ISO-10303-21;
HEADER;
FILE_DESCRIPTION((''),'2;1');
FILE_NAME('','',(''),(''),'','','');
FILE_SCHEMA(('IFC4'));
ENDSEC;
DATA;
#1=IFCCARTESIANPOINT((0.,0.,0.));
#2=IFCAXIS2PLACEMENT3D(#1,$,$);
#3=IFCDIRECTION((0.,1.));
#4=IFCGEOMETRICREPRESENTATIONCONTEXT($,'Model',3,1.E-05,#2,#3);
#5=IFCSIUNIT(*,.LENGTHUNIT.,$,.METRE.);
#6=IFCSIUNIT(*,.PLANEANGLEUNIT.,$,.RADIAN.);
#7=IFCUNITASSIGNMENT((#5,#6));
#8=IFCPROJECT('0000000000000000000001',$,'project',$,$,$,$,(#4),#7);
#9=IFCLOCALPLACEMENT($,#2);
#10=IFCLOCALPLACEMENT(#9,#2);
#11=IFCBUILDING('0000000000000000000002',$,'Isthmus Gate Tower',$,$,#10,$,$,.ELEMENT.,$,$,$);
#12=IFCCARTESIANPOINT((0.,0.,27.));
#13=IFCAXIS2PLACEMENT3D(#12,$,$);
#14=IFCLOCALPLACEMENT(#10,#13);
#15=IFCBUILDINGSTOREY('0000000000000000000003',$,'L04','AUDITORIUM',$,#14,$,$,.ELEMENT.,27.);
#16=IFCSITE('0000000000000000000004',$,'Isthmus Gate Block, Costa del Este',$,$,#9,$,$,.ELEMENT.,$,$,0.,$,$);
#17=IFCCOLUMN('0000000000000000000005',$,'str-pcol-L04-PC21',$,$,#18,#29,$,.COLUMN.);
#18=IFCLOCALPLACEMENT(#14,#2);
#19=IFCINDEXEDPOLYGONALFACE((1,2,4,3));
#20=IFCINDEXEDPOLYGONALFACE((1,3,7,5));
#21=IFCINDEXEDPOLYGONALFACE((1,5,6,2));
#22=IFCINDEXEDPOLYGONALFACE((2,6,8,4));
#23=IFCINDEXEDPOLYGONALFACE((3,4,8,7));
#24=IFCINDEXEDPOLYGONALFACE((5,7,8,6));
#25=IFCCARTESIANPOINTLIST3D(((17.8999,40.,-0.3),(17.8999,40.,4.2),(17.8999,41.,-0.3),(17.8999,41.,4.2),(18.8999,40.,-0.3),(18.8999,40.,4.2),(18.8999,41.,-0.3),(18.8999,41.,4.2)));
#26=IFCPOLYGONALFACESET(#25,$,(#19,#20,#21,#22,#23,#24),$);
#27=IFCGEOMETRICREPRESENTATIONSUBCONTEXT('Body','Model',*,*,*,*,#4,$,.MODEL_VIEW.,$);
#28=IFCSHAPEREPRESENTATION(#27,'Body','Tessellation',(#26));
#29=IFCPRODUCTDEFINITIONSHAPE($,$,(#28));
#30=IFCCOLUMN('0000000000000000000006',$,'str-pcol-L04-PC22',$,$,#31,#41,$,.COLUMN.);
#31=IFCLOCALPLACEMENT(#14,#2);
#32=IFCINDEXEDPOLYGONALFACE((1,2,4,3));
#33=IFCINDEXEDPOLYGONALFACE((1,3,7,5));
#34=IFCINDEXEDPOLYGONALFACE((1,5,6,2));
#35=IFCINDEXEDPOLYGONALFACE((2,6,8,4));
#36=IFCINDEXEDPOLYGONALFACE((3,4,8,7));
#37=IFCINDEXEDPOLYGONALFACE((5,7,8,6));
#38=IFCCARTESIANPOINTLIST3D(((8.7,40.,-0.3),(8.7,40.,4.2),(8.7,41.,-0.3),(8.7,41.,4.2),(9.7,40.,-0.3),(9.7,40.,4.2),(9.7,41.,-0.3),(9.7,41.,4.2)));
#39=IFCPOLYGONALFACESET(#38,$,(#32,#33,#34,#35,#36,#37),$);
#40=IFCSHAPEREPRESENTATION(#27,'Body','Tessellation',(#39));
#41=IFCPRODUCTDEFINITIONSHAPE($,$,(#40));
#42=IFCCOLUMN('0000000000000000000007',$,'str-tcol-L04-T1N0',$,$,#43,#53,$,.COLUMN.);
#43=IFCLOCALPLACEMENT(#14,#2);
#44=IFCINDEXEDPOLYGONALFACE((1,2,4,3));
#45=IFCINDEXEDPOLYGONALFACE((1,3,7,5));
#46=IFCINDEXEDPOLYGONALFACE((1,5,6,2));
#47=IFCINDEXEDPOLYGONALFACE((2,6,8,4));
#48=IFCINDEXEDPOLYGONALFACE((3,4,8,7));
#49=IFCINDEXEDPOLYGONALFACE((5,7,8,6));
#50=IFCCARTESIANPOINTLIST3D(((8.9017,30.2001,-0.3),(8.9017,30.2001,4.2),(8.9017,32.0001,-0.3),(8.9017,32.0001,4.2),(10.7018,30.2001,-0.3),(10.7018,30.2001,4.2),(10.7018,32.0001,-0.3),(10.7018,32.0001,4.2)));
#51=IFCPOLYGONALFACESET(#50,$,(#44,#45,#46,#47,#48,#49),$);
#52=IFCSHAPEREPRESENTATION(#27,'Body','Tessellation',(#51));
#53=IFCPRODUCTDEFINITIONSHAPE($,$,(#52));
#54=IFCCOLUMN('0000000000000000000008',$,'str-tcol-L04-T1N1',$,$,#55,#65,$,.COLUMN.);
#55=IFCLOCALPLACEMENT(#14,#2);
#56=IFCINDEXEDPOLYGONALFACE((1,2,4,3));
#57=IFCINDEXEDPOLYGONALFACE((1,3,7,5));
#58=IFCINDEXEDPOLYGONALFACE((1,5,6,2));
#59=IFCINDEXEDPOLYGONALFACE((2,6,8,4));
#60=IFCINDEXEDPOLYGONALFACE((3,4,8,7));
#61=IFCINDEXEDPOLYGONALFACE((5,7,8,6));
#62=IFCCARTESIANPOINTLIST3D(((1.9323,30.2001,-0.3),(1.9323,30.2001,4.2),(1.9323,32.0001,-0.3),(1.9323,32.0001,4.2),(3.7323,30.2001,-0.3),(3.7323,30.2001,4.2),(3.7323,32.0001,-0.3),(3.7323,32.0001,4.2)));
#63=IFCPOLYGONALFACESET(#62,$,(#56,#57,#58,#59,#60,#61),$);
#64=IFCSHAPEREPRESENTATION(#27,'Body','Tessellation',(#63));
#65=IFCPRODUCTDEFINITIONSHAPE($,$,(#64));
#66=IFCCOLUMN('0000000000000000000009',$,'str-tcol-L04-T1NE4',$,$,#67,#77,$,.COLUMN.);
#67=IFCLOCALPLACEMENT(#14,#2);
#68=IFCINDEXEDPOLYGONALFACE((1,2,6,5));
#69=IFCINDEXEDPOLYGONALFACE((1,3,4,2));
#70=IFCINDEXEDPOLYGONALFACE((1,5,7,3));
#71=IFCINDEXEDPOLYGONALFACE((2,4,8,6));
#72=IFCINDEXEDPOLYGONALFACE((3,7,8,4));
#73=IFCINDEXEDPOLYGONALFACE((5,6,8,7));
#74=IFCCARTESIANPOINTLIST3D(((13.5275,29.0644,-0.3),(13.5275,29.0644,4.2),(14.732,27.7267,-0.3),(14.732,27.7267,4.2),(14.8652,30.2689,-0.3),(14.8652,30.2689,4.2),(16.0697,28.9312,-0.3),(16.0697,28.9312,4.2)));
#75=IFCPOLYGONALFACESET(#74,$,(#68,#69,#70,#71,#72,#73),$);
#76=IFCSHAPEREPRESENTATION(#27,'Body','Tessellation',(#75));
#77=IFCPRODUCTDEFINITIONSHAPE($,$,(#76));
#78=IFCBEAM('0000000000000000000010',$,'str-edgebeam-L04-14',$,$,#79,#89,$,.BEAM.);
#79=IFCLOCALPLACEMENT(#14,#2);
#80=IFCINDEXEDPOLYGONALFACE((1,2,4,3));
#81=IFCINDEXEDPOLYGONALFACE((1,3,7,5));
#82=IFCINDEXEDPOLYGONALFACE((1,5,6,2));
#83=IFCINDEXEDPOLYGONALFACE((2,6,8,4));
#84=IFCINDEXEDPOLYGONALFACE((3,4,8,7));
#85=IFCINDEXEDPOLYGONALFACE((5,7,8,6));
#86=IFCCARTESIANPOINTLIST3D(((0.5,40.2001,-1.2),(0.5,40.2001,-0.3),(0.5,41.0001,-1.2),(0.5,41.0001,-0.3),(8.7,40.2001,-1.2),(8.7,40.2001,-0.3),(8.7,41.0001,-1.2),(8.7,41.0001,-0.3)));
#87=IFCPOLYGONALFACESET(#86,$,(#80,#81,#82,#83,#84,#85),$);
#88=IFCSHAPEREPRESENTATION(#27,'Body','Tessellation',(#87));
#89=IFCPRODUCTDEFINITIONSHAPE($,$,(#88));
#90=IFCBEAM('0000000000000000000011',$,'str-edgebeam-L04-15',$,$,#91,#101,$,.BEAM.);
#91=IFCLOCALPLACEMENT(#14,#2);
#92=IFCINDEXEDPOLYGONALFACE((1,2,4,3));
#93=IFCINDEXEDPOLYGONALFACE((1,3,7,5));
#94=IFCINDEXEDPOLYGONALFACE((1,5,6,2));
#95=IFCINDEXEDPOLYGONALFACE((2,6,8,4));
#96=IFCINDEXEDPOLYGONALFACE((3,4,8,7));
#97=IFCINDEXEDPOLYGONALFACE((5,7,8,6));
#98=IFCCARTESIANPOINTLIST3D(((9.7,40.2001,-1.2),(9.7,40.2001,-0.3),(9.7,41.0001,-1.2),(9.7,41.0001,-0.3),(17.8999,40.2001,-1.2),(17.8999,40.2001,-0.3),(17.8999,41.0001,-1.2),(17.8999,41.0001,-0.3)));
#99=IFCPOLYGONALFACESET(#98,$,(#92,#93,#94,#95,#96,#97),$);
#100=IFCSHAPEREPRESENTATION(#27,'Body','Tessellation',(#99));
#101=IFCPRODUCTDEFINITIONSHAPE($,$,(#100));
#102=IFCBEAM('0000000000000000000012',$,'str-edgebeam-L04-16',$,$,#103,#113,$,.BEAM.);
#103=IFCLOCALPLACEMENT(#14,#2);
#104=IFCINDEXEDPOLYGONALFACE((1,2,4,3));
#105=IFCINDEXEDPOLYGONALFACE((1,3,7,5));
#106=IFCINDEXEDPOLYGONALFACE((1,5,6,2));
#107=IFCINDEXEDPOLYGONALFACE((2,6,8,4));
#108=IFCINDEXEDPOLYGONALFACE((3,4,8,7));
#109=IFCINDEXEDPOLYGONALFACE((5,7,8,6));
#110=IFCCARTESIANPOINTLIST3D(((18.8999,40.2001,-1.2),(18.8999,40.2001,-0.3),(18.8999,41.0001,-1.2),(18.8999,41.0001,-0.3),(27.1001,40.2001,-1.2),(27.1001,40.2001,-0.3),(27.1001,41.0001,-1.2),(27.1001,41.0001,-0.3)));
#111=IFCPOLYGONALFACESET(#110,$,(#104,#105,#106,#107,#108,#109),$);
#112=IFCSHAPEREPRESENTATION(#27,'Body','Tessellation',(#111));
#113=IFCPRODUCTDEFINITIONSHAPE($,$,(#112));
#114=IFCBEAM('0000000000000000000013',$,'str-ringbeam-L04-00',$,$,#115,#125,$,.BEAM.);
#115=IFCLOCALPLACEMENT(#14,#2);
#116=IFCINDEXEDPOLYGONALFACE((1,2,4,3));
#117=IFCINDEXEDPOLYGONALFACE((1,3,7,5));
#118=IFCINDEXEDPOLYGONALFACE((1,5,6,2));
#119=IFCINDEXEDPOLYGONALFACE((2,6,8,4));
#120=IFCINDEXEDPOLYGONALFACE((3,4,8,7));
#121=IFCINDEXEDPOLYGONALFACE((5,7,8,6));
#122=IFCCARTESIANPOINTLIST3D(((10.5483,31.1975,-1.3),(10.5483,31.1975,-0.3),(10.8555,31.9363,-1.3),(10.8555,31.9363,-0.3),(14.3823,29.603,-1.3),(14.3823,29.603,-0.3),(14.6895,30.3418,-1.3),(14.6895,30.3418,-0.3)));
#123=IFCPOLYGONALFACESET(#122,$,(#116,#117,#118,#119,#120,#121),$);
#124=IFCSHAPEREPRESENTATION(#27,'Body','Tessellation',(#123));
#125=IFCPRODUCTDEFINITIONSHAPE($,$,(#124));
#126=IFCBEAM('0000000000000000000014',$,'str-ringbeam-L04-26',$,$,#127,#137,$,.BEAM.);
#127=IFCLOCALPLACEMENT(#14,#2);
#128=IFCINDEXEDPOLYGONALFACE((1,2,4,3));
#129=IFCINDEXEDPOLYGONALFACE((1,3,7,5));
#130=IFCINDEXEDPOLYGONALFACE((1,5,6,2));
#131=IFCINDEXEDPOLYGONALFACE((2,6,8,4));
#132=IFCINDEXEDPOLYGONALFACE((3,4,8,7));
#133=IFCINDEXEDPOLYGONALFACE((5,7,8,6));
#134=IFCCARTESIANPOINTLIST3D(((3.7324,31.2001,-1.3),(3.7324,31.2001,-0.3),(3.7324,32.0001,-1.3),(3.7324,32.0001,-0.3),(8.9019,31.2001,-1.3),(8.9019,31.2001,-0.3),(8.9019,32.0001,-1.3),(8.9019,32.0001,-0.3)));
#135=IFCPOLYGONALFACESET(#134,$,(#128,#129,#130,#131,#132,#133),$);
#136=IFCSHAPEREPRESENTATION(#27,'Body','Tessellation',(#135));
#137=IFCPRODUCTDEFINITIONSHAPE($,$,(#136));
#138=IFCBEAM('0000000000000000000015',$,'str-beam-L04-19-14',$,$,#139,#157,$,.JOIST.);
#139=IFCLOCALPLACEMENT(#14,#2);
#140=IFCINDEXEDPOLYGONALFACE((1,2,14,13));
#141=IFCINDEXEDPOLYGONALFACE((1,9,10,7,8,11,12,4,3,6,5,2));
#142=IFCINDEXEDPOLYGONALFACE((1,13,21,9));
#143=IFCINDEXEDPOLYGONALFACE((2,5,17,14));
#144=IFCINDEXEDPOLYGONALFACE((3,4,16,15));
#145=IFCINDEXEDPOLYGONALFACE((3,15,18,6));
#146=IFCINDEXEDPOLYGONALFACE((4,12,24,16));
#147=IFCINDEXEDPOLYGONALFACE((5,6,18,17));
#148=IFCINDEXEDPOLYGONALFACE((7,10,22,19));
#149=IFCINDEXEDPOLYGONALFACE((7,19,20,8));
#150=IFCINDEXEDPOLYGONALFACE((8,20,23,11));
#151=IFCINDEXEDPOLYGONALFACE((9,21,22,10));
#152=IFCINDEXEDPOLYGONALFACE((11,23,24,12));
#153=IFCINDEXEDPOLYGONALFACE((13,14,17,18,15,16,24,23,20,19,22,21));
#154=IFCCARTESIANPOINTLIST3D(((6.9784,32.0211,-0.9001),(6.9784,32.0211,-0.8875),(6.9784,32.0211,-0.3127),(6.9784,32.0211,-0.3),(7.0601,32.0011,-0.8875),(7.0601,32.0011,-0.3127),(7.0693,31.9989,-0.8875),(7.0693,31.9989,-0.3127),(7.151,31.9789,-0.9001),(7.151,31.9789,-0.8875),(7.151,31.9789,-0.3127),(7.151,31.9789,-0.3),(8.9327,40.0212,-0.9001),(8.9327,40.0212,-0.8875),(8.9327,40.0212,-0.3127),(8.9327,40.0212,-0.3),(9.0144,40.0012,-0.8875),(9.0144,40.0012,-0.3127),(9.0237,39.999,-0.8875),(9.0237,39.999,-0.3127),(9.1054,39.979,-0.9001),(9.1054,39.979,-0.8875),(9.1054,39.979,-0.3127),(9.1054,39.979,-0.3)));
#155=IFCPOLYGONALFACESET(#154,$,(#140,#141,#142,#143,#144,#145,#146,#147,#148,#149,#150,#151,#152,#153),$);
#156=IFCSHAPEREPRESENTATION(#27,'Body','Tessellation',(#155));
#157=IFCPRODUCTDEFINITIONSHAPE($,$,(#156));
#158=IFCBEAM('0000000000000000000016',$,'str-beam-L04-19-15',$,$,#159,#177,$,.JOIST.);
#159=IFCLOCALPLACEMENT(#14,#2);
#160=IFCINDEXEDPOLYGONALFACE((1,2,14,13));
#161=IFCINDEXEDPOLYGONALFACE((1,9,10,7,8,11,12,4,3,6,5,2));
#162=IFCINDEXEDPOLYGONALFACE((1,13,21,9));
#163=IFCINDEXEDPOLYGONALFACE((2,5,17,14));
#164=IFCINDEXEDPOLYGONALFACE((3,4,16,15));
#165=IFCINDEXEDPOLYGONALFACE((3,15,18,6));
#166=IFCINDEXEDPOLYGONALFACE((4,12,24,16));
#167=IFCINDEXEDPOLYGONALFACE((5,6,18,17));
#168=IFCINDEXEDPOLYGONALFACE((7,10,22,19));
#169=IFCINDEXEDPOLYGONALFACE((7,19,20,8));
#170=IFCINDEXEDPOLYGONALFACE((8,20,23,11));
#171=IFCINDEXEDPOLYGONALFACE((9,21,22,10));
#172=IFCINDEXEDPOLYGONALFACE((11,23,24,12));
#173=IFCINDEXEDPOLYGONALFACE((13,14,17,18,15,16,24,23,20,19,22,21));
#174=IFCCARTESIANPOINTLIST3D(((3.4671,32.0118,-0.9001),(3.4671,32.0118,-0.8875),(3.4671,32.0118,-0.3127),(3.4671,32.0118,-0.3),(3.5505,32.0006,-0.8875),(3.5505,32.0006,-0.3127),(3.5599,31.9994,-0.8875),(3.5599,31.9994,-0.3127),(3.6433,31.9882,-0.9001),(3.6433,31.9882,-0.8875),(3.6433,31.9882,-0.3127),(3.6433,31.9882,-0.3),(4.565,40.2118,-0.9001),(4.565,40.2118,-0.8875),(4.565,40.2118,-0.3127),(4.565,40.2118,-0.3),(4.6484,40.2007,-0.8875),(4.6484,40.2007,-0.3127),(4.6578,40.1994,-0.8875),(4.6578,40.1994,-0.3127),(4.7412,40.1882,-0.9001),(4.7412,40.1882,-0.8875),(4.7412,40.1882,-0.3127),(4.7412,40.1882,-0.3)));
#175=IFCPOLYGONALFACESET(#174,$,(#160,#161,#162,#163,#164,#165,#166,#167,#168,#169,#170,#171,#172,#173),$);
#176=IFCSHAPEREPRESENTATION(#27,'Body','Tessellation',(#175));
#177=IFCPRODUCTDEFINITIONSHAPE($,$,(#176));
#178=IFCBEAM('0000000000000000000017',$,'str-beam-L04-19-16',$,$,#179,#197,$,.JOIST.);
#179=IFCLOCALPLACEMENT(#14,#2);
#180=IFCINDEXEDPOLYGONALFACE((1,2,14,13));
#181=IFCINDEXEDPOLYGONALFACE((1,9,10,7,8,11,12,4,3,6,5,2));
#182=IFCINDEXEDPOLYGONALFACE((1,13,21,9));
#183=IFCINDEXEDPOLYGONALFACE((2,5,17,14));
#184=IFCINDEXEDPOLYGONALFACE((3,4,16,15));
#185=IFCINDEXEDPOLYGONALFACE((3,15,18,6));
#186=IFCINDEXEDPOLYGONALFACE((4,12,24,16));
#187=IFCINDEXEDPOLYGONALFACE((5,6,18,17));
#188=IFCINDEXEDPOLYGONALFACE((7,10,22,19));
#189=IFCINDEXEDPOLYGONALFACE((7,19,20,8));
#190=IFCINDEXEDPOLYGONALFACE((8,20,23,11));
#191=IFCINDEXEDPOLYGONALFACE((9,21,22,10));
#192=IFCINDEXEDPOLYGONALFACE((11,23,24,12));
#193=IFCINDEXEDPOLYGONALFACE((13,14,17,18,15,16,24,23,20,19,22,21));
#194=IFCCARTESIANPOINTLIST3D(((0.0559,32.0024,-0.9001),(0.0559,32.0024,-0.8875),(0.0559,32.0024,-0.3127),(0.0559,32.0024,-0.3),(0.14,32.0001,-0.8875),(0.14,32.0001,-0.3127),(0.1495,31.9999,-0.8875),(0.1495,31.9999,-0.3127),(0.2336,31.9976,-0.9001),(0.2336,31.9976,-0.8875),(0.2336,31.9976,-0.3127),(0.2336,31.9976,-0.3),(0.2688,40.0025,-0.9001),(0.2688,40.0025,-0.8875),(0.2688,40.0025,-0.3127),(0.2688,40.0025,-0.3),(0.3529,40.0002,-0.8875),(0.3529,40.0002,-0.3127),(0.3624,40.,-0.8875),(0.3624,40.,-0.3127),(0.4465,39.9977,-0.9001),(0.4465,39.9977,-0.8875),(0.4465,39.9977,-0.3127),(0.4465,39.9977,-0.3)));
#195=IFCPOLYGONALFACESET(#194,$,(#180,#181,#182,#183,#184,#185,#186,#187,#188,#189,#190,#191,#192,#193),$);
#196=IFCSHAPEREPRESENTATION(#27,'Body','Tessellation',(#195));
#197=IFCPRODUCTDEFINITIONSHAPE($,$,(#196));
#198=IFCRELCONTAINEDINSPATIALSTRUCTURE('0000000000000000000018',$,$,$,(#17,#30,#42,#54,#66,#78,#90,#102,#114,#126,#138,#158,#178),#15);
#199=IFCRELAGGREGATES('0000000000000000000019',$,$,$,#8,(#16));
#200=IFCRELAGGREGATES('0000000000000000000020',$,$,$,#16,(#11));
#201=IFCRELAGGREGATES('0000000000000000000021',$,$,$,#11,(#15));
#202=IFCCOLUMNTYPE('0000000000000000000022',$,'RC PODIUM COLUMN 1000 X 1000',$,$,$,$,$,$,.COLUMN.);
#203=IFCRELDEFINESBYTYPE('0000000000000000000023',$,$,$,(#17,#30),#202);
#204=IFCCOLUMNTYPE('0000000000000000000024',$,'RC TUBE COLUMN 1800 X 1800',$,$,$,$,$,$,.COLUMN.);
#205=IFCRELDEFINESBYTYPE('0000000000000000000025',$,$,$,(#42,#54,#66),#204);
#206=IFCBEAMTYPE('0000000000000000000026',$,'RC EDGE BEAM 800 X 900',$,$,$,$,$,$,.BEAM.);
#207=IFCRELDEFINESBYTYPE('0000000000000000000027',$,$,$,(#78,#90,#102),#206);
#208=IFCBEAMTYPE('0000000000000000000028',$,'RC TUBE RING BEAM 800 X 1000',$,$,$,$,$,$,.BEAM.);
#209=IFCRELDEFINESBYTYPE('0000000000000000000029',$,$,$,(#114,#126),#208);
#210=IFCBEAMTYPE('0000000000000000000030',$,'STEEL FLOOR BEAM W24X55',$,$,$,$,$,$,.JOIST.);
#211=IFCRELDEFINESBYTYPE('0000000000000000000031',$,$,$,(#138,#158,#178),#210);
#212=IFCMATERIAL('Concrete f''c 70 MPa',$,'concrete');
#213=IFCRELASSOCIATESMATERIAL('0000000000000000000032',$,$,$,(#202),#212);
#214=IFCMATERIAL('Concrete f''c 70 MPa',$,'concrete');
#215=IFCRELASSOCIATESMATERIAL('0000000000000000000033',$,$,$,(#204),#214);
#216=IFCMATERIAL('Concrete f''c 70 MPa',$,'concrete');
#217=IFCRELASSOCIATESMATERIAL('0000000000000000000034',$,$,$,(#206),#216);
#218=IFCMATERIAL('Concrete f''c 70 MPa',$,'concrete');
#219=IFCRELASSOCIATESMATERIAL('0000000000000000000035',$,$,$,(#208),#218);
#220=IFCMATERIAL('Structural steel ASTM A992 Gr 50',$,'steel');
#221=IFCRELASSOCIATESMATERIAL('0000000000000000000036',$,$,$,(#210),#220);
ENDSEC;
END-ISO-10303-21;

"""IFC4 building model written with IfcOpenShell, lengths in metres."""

from ifc_helpers import new_model, si_unit, direction, frame, origin, origin_2d, place, context, subcontext, project, spatial, rectangle, i_section, extrude, material, material_profile, profile_set, type_object, element, save


model = new_model("IFC4")

# Units and contexts
model_context = context("Model", 3, precision=1e-05, world=origin(), true_north=direction((0.0, 1.0)))
body_context = subcontext(model_context, "Body", "Model", "MODEL_VIEW")
ifc_project = project(units=[si_unit("LENGTHUNIT", "METRE"), si_unit("PLANEANGLEUNIT", "RADIAN")], contexts=[model_context])

# Site, building, storey
site_placement = place(None, origin())
site = spatial("IfcSite", under=ifc_project, at=site_placement, Name="Isthmus Gate Block, Costa del Este", CompositionType="ELEMENT", RefElevation=0.0)
building_placement = place(site_placement, origin())
building = spatial("IfcBuilding", under=site, at=building_placement, Name="Isthmus Gate Tower", CompositionType="ELEMENT")
storey_placement = place(building_placement, frame((0.0, 0.0, 27.0)))
storey = spatial("IfcBuildingStorey", under=building, at=storey_placement, Name="L04", Description="AUDITORIUM", CompositionType="ELEMENT", Elevation=27.0)

# Columns
ifc_material_1 = material(Name="Concrete f'c 70 MPa", Category="concrete")
ifc_material_profile_1 = material_profile(ifc_material_1, rectangle(XDim=1.0, YDim=1.0, at=origin_2d()), Name="RC 1000X1000")
ifc_profile_set_1 = profile_set([ifc_material_profile_1], Name="Concrete f'c 70 MPa")
column_type_1 = type_object("IfcColumnType", Name="RC PODIUM COLUMN 1000 X 1000", PredefinedType="COLUMN", material=ifc_profile_set_1)
for number, where, z_axis, x_axis, name in (
    (1, (18.3999, 40.5, -0.3), (0.0, 0.0, 1.0), (-1.0, 0.0, 0.0), "str-pcol-L04-PC21"),
    (2, (9.2, 40.5, -0.3), (0.0, 0.0, 1.0), (-1.0, 0.0, 0.0), "str-pcol-L04-PC22"),
):
    element("IfcColumn", number, at=place(storey_placement, frame(where, z_axis=z_axis, x_axis=x_axis)), inside=storey, type_object=column_type_1, Name=name, PredefinedType="COLUMN", context=body_context, shape_type="SweptSolid", body=[
        extrude(rectangle(XDim=1.0, YDim=1.0, at=origin_2d()), origin(), (0.0, 0.0, 1.0), 4.5),
    ])
ifc_material_2 = material(Name="Concrete f'c 70 MPa", Category="concrete")
ifc_material_profile_2 = material_profile(ifc_material_2, rectangle(XDim=1.8, YDim=1.8, at=origin_2d()), Name="RC 1800X1800")
ifc_profile_set_2 = profile_set([ifc_material_profile_2], Name="Concrete f'c 70 MPa")
column_type_2 = type_object("IfcColumnType", Name="RC TUBE COLUMN 1800 X 1800", PredefinedType="COLUMN", material=ifc_profile_set_2)
for number, where, z_axis, x_axis, name in (
    (3, (9.8018, 31.1001, -0.3), (0.0, 0.0, 1.0), (-1.0, 0.0, 0.0), "str-tcol-L04-T1N0"),
    (4, (2.8323, 31.1001, -0.3), (0.0, 0.0, 1.0), (-1.0, 0.0, 0.0), "str-tcol-L04-T1N1"),
    (5, (14.7986, 28.9978, -0.3), (0.0, 0.0, 1.0), (-0.669131, 0.743145, 0.0), "str-tcol-L04-T1NE4"),
):
    element("IfcColumn", number, at=place(storey_placement, frame(where, z_axis=z_axis, x_axis=x_axis)), inside=storey, type_object=column_type_2, Name=name, PredefinedType="COLUMN", context=body_context, shape_type="SweptSolid", body=[
        extrude(rectangle(XDim=1.8, YDim=1.8, at=origin_2d()), origin(), (0.0, 0.0, 1.0), 4.5),
    ])

# Beams
ifc_material_3 = material(Name="Concrete f'c 70 MPa", Category="concrete")
ifc_material_profile_3 = material_profile(ifc_material_3, rectangle(XDim=0.8, YDim=0.8999, at=origin_2d()), Name="RC 800X900")
ifc_profile_set_3 = profile_set([ifc_material_profile_3], Name="Concrete f'c 70 MPa")
beam_type_1 = type_object("IfcBeamType", Name="RC EDGE BEAM 800 X 900", PredefinedType="BEAM", material=ifc_profile_set_3)
for number, where, z_axis, x_axis, name in (
    (6, (0.5, 40.6001, -0.75), (1.0, 0.0, 0.0), (0.0, 1.0, 0.0), "str-edgebeam-L04-14"),
    (7, (9.7, 40.6001, -0.75), (1.0, 0.0, 0.0), (0.0, 1.0, 0.0), "str-edgebeam-L04-15"),
):
    element("IfcBeam", number, at=place(storey_placement, frame(where, z_axis=z_axis, x_axis=x_axis)), inside=storey, type_object=beam_type_1, Name=name, PredefinedType="BEAM", context=body_context, shape_type="SweptSolid", body=[
        extrude(rectangle(XDim=0.8, YDim=0.8999, at=origin_2d()), origin(), (0.0, 0.0, 1.0), 8.2),
    ])
beam_1_placement = place(storey_placement, frame((18.8999, 40.6001, -0.75), z_axis=(1.0, 0.0, 0.0), x_axis=(0.0, 1.0, 0.0)))
element("IfcBeam", 8, at=beam_1_placement, inside=storey, type_object=beam_type_1, Name="str-edgebeam-L04-16", PredefinedType="BEAM", context=body_context, shape_type="SweptSolid", body=[
    extrude(rectangle(XDim=0.8, YDim=0.8999, at=origin_2d()), origin(), (0.0, 0.0, 1.0), 8.2002),
])
ifc_material_4 = material(Name="Concrete f'c 70 MPa", Category="concrete")
ifc_material_profile_4 = material_profile(ifc_material_4, rectangle(XDim=0.8, YDim=1.0, at=origin_2d()), Name="RC 800X1000")
ifc_profile_set_4 = profile_set([ifc_material_profile_4], Name="Concrete f'c 70 MPa")
beam_type_2 = type_object("IfcBeamType", Name="RC TUBE RING BEAM 800 X 1000", PredefinedType="BEAM", material=ifc_profile_set_4)
beam_2_placement = place(storey_placement, frame((10.7019, 31.5669, -0.8), z_axis=(0.923334, -0.383997, 0.0), x_axis=(0.383997, 0.923334, 0.0)))
element("IfcBeam", 9, at=beam_2_placement, inside=storey, type_object=beam_type_2, Name="str-ringbeam-L04-00", PredefinedType="BEAM", context=body_context, shape_type="SweptSolid", body=[
    extrude(rectangle(XDim=0.8, YDim=1.0, at=origin_2d()), origin(), (0.0, 0.0, 1.0), 4.1523),
])
beam_3_placement = place(storey_placement, frame((3.7324, 31.6001, -0.8), z_axis=(1.0, 0.0, 0.0), x_axis=(0.0, 1.0, 0.0)))
element("IfcBeam", 10, at=beam_3_placement, inside=storey, type_object=beam_type_2, Name="str-ringbeam-L04-26", PredefinedType="BEAM", context=body_context, shape_type="SweptSolid", body=[
    extrude(rectangle(XDim=0.8, YDim=1.0, at=origin_2d()), origin(), (0.0, 0.0, 1.0), 5.1694),
])
ifc_material_5 = material(Name="Structural steel ASTM A992 Gr 50", Category="steel")
ifc_material_profile_5 = material_profile(ifc_material_5, i_section(OverallWidth=0.1777, OverallDepth=0.6001, WebThickness=0.0095, FlangeThickness=0.0127, at=origin_2d()), Name="W24X55")
ifc_profile_set_5 = profile_set([ifc_material_profile_5], Name="Structural steel ASTM A992 Gr 50")
beam_type_3 = type_object("IfcBeamType", Name="STEEL FLOOR BEAM W24X55", PredefinedType="JOIST", material=ifc_profile_set_5)
beam_4_placement = place(storey_placement, frame((7.0647, 32.0, -0.6001), z_axis=(0.237314, 0.971433, 0.0), x_axis=(-0.971433, 0.237314, 0.0)))
element("IfcBeam", 11, at=beam_4_placement, inside=storey, type_object=beam_type_3, Name="str-beam-L04-19-14", PredefinedType="JOIST", context=body_context, shape_type="SweptSolid", body=[
    extrude(i_section(OverallWidth=0.1777, OverallDepth=0.6001, WebThickness=0.0095, FlangeThickness=0.0127, at=origin_2d()), origin(), (0.0, 0.0, 1.0), 8.2354),
])
beam_5_placement = place(storey_placement, frame((3.5552, 32.0, -0.6001), z_axis=(0.132707, 0.991155, 0.0), x_axis=(-0.991155, 0.132707, 0.0)))
element("IfcBeam", 12, at=beam_5_placement, inside=storey, type_object=beam_type_3, Name="str-beam-L04-19-15", PredefinedType="JOIST", context=body_context, shape_type="SweptSolid", body=[
    extrude(i_section(OverallWidth=0.1777, OverallDepth=0.6001, WebThickness=0.0095, FlangeThickness=0.0127, at=origin_2d()), origin(), (0.0, 0.0, 1.0), 8.2732),
])
beam_6_placement = place(storey_placement, frame((0.1448, 32.0, -0.6001), z_axis=(0.026602, 0.999646, 0.0), x_axis=(-0.999646, 0.026602, 0.0)))
element("IfcBeam", 13, at=beam_6_placement, inside=storey, type_object=beam_type_3, Name="str-beam-L04-19-16", PredefinedType="JOIST", context=body_context, shape_type="SweptSolid", body=[
    extrude(i_section(OverallWidth=0.1777, OverallDepth=0.6001, WebThickness=0.0095, FlangeThickness=0.0127, at=origin_2d()), origin(), (0.0, 0.0, 1.0), 8.0029),
])

save(model, "model.ifc")
